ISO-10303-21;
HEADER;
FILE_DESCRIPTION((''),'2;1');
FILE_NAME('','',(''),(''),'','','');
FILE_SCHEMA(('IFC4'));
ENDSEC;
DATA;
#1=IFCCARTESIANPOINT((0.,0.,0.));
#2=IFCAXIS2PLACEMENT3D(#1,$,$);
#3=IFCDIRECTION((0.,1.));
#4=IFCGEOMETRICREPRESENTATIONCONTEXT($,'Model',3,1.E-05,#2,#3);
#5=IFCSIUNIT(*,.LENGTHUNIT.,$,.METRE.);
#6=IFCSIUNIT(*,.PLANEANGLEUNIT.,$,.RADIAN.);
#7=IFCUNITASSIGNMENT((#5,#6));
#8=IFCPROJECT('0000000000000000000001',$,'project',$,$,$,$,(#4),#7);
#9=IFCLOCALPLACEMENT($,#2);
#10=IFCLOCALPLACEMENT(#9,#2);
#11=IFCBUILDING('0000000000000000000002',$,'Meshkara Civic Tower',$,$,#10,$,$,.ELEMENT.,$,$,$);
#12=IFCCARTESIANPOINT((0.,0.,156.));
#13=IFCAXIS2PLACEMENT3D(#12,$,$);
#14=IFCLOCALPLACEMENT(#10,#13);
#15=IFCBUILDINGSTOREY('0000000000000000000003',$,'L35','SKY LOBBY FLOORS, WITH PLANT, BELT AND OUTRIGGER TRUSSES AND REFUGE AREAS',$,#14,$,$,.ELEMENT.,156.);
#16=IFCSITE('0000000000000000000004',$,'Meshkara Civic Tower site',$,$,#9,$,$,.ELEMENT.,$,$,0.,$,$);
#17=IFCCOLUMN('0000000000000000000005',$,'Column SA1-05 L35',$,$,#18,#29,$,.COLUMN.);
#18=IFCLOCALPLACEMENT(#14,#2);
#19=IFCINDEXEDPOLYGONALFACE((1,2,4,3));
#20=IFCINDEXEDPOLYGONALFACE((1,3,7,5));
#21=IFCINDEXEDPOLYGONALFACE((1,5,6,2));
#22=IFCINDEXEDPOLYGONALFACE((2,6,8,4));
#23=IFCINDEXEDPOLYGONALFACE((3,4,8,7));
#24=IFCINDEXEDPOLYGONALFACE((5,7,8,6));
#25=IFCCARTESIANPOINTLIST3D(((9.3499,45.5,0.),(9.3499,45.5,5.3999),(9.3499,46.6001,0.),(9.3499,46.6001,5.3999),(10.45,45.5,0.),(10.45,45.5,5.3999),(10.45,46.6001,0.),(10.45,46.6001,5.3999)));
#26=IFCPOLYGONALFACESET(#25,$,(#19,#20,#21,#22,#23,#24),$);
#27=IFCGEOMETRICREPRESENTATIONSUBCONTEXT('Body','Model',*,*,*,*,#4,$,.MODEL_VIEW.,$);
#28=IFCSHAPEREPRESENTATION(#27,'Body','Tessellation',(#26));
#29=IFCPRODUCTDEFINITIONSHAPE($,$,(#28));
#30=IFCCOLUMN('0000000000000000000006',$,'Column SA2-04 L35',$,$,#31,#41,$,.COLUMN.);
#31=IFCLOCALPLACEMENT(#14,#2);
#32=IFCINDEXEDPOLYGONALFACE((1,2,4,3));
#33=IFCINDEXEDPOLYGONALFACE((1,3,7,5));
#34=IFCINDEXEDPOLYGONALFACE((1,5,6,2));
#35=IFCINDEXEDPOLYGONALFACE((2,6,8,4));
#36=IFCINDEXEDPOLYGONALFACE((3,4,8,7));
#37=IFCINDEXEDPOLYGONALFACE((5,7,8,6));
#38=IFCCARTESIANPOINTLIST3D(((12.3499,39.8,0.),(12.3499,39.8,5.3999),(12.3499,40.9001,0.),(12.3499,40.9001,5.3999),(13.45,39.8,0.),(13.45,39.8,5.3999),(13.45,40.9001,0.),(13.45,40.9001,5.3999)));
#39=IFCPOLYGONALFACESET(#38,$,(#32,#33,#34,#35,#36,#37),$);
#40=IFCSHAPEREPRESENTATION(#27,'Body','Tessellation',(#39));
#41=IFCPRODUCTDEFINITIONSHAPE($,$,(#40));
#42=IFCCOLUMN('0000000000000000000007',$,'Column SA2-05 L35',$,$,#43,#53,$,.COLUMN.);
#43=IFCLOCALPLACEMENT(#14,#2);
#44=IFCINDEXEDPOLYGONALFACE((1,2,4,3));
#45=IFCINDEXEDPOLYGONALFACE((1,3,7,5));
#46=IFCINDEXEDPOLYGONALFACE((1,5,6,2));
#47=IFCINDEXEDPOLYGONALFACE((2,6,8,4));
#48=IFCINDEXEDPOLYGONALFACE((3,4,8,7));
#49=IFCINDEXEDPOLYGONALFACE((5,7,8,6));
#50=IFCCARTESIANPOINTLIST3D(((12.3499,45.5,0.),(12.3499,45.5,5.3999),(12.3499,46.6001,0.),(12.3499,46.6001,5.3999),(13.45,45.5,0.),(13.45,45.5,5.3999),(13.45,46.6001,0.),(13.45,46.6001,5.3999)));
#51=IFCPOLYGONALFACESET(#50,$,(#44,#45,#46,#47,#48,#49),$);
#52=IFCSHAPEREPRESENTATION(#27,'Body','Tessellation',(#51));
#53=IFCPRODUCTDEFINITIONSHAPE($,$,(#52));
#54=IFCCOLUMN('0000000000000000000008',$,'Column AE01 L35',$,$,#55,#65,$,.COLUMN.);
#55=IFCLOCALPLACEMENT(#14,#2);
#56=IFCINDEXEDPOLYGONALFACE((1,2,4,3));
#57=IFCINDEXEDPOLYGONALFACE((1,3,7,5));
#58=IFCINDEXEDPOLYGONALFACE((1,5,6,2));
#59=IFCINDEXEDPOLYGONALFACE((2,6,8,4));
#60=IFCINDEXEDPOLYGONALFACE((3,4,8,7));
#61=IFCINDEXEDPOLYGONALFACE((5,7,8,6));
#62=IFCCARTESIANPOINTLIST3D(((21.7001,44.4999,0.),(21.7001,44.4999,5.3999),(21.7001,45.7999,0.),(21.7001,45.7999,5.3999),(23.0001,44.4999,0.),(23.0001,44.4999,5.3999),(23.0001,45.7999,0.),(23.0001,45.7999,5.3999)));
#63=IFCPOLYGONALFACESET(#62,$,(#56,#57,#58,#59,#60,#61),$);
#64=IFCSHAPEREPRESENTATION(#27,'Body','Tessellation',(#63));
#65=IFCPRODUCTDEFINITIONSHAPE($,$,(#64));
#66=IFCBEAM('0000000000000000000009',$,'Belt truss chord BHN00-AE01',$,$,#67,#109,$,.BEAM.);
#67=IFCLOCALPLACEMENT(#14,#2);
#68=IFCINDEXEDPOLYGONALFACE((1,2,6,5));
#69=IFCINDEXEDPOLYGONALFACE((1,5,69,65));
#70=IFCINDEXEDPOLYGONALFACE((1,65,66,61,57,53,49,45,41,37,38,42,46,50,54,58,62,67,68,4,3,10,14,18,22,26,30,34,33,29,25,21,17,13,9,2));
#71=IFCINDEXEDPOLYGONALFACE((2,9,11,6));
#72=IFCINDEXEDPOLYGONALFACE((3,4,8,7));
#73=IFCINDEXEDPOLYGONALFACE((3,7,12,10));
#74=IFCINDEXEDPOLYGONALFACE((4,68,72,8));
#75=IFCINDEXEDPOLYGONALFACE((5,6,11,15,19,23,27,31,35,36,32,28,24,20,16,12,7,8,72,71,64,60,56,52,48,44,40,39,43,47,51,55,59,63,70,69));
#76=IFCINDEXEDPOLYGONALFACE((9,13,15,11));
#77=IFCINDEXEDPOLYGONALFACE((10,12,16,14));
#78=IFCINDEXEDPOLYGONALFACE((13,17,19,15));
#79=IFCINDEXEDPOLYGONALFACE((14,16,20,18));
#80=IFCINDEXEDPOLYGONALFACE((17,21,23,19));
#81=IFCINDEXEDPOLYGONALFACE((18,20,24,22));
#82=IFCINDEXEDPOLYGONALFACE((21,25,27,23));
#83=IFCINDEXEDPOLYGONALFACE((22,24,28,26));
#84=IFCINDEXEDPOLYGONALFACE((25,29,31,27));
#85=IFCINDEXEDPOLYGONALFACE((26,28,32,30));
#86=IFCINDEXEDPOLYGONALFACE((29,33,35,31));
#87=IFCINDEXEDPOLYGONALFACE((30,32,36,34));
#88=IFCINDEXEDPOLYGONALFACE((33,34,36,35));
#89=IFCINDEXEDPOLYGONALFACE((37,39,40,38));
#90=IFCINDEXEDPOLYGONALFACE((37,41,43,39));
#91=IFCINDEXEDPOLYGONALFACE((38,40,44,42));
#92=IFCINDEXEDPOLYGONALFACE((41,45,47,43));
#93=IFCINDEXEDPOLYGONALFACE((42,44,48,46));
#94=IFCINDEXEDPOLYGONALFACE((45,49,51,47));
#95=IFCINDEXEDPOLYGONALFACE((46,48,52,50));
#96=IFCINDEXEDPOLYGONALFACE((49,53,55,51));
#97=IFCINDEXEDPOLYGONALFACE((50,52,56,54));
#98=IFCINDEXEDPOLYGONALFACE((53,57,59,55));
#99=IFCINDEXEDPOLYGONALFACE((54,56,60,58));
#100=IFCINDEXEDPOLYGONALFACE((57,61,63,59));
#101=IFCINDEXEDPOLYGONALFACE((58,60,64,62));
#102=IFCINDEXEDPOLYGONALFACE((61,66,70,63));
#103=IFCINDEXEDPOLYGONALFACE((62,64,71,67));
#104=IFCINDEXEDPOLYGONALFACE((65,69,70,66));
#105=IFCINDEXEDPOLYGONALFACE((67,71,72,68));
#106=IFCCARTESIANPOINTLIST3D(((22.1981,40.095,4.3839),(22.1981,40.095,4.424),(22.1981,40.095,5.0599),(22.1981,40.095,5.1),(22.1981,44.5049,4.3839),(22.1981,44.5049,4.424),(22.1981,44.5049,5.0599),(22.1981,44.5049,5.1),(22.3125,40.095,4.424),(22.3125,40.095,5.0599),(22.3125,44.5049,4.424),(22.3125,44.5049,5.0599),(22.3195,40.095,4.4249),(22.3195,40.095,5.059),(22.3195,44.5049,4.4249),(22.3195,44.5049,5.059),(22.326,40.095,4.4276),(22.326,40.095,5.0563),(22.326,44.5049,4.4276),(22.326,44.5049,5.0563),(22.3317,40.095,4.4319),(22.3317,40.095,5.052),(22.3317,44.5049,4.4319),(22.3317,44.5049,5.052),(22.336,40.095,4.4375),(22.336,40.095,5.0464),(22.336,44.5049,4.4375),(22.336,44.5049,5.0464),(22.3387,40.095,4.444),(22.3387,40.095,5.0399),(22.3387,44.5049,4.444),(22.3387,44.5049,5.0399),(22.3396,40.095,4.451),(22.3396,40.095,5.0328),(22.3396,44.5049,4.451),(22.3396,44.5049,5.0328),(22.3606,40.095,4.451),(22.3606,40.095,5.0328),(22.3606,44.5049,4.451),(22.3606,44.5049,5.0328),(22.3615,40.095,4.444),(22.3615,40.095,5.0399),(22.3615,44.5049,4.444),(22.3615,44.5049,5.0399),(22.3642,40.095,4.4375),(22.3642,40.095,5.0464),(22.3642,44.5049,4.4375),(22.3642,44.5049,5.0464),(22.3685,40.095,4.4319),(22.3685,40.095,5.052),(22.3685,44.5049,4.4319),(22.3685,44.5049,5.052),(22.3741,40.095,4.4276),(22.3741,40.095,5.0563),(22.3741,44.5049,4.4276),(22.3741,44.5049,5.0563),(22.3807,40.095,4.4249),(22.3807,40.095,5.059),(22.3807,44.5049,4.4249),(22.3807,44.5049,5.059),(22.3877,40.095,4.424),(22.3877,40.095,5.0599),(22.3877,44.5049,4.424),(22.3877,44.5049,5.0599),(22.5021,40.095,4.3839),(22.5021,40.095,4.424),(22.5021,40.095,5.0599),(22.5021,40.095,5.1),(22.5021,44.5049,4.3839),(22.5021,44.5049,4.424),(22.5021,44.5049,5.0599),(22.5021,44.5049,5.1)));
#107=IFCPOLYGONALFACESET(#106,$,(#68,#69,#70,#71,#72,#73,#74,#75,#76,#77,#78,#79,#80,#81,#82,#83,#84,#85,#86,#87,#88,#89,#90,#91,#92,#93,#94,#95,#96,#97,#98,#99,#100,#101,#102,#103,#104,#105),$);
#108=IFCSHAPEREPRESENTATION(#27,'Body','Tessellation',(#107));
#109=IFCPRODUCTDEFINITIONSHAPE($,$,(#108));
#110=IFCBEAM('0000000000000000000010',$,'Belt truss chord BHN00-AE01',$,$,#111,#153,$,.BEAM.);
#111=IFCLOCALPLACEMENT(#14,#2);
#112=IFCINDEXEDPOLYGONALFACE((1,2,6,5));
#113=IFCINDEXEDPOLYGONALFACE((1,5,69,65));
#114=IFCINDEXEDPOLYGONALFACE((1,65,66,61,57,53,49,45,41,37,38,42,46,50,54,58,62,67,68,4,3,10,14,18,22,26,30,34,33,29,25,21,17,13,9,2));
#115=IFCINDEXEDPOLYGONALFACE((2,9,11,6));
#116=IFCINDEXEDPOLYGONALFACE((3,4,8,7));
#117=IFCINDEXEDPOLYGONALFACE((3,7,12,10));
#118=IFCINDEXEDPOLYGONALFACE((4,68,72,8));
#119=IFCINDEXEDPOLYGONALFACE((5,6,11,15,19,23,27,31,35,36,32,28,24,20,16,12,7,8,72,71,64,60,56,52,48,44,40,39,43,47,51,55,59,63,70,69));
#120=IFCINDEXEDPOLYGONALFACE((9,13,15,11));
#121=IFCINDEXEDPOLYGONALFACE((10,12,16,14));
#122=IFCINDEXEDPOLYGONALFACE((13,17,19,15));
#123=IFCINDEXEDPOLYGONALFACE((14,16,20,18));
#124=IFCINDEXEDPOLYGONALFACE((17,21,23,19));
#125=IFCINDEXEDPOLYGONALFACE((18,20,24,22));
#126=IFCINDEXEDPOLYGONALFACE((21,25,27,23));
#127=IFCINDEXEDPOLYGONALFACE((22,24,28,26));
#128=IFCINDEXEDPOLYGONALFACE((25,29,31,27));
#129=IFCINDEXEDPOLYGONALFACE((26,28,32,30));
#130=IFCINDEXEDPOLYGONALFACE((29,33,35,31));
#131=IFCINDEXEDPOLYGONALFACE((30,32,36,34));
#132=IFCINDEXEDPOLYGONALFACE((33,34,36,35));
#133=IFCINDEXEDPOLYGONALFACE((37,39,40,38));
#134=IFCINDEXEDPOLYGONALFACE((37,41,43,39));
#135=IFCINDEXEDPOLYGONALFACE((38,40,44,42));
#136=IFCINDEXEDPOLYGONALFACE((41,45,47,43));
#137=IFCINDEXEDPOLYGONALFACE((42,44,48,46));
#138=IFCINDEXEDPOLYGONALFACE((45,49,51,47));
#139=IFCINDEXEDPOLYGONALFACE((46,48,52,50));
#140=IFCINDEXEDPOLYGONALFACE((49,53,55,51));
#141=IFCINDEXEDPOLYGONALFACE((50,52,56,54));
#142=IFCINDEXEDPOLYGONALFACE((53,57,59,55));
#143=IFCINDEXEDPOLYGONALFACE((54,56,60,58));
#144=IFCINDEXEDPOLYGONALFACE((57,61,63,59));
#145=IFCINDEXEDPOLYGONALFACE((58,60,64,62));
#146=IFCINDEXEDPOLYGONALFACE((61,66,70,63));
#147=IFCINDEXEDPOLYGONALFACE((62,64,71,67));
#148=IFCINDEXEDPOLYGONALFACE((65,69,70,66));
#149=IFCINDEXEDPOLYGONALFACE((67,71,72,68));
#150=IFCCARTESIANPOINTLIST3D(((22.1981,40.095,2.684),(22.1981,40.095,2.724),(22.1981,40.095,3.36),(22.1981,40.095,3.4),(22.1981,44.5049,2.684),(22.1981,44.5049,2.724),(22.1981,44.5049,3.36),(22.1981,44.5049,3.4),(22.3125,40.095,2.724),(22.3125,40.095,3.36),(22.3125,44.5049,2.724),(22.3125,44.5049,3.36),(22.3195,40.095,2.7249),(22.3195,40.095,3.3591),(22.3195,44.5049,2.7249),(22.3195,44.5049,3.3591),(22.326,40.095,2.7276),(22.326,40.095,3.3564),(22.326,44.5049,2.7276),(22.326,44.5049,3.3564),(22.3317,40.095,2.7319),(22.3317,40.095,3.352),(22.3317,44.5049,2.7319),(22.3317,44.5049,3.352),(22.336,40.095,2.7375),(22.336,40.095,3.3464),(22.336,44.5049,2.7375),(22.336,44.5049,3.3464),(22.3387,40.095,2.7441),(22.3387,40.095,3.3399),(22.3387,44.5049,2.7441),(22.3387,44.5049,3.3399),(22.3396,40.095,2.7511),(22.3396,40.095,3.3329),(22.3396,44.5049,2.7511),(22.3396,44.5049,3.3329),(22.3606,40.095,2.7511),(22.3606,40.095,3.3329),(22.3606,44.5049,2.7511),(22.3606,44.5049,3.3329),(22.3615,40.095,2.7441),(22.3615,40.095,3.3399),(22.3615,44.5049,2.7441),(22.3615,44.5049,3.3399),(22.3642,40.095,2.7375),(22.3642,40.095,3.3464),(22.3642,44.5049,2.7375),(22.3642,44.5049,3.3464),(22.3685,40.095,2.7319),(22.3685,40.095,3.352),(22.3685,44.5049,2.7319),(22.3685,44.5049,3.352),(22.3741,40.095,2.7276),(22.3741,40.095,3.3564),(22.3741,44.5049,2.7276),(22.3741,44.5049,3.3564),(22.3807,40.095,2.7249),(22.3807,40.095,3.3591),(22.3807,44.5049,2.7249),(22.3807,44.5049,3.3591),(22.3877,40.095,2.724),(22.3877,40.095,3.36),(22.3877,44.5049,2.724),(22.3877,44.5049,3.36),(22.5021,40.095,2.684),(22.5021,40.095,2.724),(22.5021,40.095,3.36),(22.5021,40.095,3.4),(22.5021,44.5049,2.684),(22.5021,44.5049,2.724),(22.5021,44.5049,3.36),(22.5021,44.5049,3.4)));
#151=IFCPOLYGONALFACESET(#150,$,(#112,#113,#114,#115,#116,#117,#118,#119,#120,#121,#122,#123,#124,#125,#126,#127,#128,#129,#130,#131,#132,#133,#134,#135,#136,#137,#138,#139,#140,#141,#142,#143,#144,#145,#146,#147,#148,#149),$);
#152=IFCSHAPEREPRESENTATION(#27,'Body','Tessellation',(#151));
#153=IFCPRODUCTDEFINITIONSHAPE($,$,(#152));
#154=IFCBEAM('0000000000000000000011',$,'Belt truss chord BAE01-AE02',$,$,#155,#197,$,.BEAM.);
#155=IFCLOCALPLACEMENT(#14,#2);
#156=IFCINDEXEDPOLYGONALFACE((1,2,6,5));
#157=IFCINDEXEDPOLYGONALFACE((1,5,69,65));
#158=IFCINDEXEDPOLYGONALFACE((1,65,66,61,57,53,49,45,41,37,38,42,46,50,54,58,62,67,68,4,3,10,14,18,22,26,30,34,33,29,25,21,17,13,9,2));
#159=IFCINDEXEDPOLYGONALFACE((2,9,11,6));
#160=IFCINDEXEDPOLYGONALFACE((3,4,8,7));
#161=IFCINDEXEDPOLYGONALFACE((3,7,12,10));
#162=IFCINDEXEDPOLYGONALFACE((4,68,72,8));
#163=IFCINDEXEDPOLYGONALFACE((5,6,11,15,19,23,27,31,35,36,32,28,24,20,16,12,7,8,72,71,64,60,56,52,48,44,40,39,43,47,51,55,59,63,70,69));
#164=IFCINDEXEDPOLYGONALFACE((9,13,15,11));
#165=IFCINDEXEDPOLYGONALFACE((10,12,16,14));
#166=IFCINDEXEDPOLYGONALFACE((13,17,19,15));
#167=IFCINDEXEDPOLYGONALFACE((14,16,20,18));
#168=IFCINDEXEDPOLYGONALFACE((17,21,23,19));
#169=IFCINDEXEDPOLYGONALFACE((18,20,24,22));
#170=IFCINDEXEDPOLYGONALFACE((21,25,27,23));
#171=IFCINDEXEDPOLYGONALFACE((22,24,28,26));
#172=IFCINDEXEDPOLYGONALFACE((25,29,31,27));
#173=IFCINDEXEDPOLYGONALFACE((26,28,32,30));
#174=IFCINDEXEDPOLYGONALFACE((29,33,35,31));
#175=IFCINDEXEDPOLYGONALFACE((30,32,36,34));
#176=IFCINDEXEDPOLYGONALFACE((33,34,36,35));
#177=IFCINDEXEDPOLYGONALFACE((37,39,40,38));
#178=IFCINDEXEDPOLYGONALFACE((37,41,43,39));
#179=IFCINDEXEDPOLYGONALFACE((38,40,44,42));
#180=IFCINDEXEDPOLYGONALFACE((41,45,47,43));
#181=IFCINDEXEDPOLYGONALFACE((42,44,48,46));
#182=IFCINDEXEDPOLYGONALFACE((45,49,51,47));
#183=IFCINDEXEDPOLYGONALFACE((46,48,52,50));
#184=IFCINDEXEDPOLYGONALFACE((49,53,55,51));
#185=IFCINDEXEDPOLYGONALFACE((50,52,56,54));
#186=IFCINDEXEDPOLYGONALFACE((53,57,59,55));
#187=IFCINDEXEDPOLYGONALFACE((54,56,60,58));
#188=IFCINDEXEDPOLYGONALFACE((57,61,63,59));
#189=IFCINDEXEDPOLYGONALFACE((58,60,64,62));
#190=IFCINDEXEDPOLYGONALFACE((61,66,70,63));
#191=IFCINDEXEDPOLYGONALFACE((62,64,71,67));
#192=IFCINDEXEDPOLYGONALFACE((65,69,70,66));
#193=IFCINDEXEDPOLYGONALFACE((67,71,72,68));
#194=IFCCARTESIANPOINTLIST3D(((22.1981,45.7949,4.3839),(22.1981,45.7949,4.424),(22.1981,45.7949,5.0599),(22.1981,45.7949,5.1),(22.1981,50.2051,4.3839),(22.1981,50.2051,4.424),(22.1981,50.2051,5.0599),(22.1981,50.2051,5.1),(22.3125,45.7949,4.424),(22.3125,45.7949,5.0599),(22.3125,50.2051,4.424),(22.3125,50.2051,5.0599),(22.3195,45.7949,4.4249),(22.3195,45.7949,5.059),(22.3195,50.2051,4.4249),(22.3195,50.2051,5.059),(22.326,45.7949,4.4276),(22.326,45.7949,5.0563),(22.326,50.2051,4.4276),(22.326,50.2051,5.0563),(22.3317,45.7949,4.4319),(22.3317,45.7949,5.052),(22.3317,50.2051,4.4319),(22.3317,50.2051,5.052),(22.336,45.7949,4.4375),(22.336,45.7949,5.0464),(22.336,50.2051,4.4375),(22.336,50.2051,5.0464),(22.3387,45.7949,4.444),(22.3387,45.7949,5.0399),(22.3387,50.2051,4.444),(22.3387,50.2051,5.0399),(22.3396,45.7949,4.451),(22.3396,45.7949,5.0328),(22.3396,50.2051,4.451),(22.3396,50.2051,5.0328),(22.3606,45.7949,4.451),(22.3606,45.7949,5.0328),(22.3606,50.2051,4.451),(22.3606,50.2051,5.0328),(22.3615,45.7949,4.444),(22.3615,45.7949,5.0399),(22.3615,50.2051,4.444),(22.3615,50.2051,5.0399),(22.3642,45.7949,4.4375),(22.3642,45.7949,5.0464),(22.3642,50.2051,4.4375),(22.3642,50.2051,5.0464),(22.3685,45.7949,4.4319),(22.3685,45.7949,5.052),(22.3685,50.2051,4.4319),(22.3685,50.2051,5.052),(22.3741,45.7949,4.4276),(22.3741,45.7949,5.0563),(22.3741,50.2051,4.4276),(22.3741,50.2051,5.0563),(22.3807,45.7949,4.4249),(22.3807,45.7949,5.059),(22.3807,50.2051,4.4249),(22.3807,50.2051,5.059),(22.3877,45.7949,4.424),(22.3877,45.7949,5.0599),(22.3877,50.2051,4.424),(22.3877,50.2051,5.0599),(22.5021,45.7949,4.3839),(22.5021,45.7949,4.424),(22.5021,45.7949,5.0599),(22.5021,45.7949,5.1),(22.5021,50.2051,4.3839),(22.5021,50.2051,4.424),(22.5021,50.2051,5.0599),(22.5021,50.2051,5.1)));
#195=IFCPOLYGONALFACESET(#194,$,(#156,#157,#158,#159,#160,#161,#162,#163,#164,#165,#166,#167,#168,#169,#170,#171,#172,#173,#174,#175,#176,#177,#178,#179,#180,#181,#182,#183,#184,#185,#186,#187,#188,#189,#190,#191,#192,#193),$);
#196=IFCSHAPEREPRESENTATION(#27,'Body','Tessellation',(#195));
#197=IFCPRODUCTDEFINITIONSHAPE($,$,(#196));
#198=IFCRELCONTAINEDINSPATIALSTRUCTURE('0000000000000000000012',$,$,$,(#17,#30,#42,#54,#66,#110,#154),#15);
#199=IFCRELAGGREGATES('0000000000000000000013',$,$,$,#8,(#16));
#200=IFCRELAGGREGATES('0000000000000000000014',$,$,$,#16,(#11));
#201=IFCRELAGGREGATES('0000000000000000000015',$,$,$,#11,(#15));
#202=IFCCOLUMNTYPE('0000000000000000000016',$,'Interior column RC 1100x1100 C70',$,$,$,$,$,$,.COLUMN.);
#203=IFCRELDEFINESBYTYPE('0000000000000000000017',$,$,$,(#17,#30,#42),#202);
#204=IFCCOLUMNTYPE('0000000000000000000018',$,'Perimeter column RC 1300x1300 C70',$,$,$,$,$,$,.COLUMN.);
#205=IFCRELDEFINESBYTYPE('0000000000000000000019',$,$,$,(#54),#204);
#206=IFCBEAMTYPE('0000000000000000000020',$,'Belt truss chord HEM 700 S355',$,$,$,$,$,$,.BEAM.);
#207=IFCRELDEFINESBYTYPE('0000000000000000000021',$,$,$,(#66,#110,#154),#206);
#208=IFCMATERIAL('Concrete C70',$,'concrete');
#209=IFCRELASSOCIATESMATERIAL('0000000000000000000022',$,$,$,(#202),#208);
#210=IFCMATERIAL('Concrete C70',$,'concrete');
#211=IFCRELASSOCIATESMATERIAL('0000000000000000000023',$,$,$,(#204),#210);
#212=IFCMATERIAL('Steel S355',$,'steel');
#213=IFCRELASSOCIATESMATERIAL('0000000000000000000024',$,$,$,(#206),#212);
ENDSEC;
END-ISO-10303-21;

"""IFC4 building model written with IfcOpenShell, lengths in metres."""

from ifc_helpers import new_model, si_unit, direction, frame, origin, origin_2d, place, context, subcontext, project, spatial, rectangle, i_section, extrude, material, material_profile, profile_set, type_object, element, save


model = new_model("IFC4")

# Units and contexts
model_context = context("Model", 3, precision=1e-05, world=origin(), true_north=direction((0.0, 1.0)))
body_context = subcontext(model_context, "Body", "Model", "MODEL_VIEW")
ifc_project = project(units=[si_unit("LENGTHUNIT", "METRE"), si_unit("PLANEANGLEUNIT", "RADIAN")], contexts=[model_context])

# Site, building, storey
site_placement = place(None, origin())
site = spatial("IfcSite", under=ifc_project, at=site_placement, Name="Meshkara Civic Tower site", CompositionType="ELEMENT", RefElevation=0.0)
building_placement = place(site_placement, origin())
building = spatial("IfcBuilding", under=site, at=building_placement, Name="Meshkara Civic Tower", CompositionType="ELEMENT")
storey_placement = place(building_placement, frame((0.0, 0.0, 156.0)))
storey = spatial("IfcBuildingStorey", under=building, at=storey_placement, Name="L35", Description="SKY LOBBY FLOORS, WITH PLANT, BELT AND OUTRIGGER TRUSSES AND REFUGE AREAS", CompositionType="ELEMENT", Elevation=156.0)

# Columns
ifc_material_1 = material(Name="Concrete C70", Category="concrete")
ifc_material_profile_1 = material_profile(ifc_material_1, rectangle(XDim=1.1001, YDim=1.1001, at=origin_2d()))
ifc_profile_set_1 = profile_set([ifc_material_profile_1], Name="Concrete C70")
column_type_1 = type_object("IfcColumnType", Name="Interior column RC 1100x1100 C70", PredefinedType="COLUMN", material=ifc_profile_set_1)
for number, where, z_axis, x_axis, name in (
    (1, (9.8999, 46.05, 0.0), (0.0, 0.0, 1.0), (1.0, 0.0, 0.0), "Column SA1-05 L35"),
    (2, (12.8999, 40.3501, 0.0), (0.0, 0.0, 1.0), (1.0, 0.0, 0.0), "Column SA2-04 L35"),
    (3, (12.8999, 46.05, 0.0), (0.0, 0.0, 1.0), (1.0, 0.0, 0.0), "Column SA2-05 L35"),
):
    element("IfcColumn", number, at=place(storey_placement, frame(where, z_axis=z_axis, x_axis=x_axis)), inside=storey, type_object=column_type_1, Name=name, PredefinedType="COLUMN", context=body_context, shape_type="SweptSolid", body=[
        extrude(rectangle(XDim=1.1001, YDim=1.1001, at=origin_2d()), origin(), (0.0, 0.0, 1.0), 5.3999),
    ])
ifc_material_2 = material(Name="Concrete C70", Category="concrete")
ifc_material_profile_2 = material_profile(ifc_material_2, rectangle(XDim=1.3, YDim=1.3, at=origin_2d()))
ifc_profile_set_2 = profile_set([ifc_material_profile_2], Name="Concrete C70")
column_type_2 = type_object("IfcColumnType", Name="Perimeter column RC 1300x1300 C70", PredefinedType="COLUMN", material=ifc_profile_set_2)
column_placement = place(storey_placement, frame((22.3501, 45.1499, 0.0), z_axis=(0.0, 0.0, 1.0), x_axis=(1.0, 0.0, 0.0)))
element("IfcColumn", 4, at=column_placement, inside=storey, type_object=column_type_2, Name="Column AE01 L35", PredefinedType="COLUMN", context=body_context, shape_type="SweptSolid", body=[
    extrude(rectangle(XDim=1.3, YDim=1.3, at=origin_2d()), origin(), (0.0, 0.0, 1.0), 5.3999),
])

# Beams
ifc_material_3 = material(Name="Steel S355", Category="steel")
ifc_material_profile_3 = material_profile(ifc_material_3, i_section(OverallWidth=0.304, OverallDepth=0.7161, WebThickness=0.021, FlangeThickness=0.04, FilletRadius=0.0271, at=origin_2d()))
ifc_profile_set_3 = profile_set([ifc_material_profile_3], Name="Steel S355")
beam_type_1 = type_object("IfcBeamType", Name="Belt truss chord HEM 700 S355", PredefinedType="BEAM", material=ifc_profile_set_3)
for number, where, z_axis, x_axis, name in (
    (5, (22.3501, 40.095, 4.7419), (0.0, 1.0, 0.0), (-1.0, 0.0, 0.0), "Belt truss chord BHN00-AE01"),
    (6, (22.3501, 40.095, 3.042), (0.0, 1.0, 0.0), (-1.0, 0.0, 0.0), "Belt truss chord BHN00-AE01"),
):
    element("IfcBeam", number, at=place(storey_placement, frame(where, z_axis=z_axis, x_axis=x_axis)), inside=storey, type_object=beam_type_1, Name=name, PredefinedType="BEAM", context=body_context, shape_type="SweptSolid", body=[
        extrude(i_section(OverallWidth=0.304, OverallDepth=0.7161, WebThickness=0.021, FlangeThickness=0.04, FilletRadius=0.0271, at=origin_2d()), origin(), (0.0, 0.0, 1.0), 4.4099),
    ])
for number, where, z_axis, x_axis, name in (
    (7, (22.3501, 45.7949, 4.7419), (0.0, 1.0, 0.0), (-1.0, 0.0, 0.0), "Belt truss chord BAE01-AE02"),
):
    element("IfcBeam", number, at=place(storey_placement, frame(where, z_axis=z_axis, x_axis=x_axis)), inside=storey, type_object=beam_type_1, Name=name, PredefinedType="BEAM", context=body_context, shape_type="SweptSolid", body=[
        extrude(i_section(OverallWidth=0.304, OverallDepth=0.7161, WebThickness=0.021, FlangeThickness=0.04, FilletRadius=0.0271, at=origin_2d()), origin(), (0.0, 0.0, 1.0), 4.4102),
    ])

save(model, "model.ifc")
